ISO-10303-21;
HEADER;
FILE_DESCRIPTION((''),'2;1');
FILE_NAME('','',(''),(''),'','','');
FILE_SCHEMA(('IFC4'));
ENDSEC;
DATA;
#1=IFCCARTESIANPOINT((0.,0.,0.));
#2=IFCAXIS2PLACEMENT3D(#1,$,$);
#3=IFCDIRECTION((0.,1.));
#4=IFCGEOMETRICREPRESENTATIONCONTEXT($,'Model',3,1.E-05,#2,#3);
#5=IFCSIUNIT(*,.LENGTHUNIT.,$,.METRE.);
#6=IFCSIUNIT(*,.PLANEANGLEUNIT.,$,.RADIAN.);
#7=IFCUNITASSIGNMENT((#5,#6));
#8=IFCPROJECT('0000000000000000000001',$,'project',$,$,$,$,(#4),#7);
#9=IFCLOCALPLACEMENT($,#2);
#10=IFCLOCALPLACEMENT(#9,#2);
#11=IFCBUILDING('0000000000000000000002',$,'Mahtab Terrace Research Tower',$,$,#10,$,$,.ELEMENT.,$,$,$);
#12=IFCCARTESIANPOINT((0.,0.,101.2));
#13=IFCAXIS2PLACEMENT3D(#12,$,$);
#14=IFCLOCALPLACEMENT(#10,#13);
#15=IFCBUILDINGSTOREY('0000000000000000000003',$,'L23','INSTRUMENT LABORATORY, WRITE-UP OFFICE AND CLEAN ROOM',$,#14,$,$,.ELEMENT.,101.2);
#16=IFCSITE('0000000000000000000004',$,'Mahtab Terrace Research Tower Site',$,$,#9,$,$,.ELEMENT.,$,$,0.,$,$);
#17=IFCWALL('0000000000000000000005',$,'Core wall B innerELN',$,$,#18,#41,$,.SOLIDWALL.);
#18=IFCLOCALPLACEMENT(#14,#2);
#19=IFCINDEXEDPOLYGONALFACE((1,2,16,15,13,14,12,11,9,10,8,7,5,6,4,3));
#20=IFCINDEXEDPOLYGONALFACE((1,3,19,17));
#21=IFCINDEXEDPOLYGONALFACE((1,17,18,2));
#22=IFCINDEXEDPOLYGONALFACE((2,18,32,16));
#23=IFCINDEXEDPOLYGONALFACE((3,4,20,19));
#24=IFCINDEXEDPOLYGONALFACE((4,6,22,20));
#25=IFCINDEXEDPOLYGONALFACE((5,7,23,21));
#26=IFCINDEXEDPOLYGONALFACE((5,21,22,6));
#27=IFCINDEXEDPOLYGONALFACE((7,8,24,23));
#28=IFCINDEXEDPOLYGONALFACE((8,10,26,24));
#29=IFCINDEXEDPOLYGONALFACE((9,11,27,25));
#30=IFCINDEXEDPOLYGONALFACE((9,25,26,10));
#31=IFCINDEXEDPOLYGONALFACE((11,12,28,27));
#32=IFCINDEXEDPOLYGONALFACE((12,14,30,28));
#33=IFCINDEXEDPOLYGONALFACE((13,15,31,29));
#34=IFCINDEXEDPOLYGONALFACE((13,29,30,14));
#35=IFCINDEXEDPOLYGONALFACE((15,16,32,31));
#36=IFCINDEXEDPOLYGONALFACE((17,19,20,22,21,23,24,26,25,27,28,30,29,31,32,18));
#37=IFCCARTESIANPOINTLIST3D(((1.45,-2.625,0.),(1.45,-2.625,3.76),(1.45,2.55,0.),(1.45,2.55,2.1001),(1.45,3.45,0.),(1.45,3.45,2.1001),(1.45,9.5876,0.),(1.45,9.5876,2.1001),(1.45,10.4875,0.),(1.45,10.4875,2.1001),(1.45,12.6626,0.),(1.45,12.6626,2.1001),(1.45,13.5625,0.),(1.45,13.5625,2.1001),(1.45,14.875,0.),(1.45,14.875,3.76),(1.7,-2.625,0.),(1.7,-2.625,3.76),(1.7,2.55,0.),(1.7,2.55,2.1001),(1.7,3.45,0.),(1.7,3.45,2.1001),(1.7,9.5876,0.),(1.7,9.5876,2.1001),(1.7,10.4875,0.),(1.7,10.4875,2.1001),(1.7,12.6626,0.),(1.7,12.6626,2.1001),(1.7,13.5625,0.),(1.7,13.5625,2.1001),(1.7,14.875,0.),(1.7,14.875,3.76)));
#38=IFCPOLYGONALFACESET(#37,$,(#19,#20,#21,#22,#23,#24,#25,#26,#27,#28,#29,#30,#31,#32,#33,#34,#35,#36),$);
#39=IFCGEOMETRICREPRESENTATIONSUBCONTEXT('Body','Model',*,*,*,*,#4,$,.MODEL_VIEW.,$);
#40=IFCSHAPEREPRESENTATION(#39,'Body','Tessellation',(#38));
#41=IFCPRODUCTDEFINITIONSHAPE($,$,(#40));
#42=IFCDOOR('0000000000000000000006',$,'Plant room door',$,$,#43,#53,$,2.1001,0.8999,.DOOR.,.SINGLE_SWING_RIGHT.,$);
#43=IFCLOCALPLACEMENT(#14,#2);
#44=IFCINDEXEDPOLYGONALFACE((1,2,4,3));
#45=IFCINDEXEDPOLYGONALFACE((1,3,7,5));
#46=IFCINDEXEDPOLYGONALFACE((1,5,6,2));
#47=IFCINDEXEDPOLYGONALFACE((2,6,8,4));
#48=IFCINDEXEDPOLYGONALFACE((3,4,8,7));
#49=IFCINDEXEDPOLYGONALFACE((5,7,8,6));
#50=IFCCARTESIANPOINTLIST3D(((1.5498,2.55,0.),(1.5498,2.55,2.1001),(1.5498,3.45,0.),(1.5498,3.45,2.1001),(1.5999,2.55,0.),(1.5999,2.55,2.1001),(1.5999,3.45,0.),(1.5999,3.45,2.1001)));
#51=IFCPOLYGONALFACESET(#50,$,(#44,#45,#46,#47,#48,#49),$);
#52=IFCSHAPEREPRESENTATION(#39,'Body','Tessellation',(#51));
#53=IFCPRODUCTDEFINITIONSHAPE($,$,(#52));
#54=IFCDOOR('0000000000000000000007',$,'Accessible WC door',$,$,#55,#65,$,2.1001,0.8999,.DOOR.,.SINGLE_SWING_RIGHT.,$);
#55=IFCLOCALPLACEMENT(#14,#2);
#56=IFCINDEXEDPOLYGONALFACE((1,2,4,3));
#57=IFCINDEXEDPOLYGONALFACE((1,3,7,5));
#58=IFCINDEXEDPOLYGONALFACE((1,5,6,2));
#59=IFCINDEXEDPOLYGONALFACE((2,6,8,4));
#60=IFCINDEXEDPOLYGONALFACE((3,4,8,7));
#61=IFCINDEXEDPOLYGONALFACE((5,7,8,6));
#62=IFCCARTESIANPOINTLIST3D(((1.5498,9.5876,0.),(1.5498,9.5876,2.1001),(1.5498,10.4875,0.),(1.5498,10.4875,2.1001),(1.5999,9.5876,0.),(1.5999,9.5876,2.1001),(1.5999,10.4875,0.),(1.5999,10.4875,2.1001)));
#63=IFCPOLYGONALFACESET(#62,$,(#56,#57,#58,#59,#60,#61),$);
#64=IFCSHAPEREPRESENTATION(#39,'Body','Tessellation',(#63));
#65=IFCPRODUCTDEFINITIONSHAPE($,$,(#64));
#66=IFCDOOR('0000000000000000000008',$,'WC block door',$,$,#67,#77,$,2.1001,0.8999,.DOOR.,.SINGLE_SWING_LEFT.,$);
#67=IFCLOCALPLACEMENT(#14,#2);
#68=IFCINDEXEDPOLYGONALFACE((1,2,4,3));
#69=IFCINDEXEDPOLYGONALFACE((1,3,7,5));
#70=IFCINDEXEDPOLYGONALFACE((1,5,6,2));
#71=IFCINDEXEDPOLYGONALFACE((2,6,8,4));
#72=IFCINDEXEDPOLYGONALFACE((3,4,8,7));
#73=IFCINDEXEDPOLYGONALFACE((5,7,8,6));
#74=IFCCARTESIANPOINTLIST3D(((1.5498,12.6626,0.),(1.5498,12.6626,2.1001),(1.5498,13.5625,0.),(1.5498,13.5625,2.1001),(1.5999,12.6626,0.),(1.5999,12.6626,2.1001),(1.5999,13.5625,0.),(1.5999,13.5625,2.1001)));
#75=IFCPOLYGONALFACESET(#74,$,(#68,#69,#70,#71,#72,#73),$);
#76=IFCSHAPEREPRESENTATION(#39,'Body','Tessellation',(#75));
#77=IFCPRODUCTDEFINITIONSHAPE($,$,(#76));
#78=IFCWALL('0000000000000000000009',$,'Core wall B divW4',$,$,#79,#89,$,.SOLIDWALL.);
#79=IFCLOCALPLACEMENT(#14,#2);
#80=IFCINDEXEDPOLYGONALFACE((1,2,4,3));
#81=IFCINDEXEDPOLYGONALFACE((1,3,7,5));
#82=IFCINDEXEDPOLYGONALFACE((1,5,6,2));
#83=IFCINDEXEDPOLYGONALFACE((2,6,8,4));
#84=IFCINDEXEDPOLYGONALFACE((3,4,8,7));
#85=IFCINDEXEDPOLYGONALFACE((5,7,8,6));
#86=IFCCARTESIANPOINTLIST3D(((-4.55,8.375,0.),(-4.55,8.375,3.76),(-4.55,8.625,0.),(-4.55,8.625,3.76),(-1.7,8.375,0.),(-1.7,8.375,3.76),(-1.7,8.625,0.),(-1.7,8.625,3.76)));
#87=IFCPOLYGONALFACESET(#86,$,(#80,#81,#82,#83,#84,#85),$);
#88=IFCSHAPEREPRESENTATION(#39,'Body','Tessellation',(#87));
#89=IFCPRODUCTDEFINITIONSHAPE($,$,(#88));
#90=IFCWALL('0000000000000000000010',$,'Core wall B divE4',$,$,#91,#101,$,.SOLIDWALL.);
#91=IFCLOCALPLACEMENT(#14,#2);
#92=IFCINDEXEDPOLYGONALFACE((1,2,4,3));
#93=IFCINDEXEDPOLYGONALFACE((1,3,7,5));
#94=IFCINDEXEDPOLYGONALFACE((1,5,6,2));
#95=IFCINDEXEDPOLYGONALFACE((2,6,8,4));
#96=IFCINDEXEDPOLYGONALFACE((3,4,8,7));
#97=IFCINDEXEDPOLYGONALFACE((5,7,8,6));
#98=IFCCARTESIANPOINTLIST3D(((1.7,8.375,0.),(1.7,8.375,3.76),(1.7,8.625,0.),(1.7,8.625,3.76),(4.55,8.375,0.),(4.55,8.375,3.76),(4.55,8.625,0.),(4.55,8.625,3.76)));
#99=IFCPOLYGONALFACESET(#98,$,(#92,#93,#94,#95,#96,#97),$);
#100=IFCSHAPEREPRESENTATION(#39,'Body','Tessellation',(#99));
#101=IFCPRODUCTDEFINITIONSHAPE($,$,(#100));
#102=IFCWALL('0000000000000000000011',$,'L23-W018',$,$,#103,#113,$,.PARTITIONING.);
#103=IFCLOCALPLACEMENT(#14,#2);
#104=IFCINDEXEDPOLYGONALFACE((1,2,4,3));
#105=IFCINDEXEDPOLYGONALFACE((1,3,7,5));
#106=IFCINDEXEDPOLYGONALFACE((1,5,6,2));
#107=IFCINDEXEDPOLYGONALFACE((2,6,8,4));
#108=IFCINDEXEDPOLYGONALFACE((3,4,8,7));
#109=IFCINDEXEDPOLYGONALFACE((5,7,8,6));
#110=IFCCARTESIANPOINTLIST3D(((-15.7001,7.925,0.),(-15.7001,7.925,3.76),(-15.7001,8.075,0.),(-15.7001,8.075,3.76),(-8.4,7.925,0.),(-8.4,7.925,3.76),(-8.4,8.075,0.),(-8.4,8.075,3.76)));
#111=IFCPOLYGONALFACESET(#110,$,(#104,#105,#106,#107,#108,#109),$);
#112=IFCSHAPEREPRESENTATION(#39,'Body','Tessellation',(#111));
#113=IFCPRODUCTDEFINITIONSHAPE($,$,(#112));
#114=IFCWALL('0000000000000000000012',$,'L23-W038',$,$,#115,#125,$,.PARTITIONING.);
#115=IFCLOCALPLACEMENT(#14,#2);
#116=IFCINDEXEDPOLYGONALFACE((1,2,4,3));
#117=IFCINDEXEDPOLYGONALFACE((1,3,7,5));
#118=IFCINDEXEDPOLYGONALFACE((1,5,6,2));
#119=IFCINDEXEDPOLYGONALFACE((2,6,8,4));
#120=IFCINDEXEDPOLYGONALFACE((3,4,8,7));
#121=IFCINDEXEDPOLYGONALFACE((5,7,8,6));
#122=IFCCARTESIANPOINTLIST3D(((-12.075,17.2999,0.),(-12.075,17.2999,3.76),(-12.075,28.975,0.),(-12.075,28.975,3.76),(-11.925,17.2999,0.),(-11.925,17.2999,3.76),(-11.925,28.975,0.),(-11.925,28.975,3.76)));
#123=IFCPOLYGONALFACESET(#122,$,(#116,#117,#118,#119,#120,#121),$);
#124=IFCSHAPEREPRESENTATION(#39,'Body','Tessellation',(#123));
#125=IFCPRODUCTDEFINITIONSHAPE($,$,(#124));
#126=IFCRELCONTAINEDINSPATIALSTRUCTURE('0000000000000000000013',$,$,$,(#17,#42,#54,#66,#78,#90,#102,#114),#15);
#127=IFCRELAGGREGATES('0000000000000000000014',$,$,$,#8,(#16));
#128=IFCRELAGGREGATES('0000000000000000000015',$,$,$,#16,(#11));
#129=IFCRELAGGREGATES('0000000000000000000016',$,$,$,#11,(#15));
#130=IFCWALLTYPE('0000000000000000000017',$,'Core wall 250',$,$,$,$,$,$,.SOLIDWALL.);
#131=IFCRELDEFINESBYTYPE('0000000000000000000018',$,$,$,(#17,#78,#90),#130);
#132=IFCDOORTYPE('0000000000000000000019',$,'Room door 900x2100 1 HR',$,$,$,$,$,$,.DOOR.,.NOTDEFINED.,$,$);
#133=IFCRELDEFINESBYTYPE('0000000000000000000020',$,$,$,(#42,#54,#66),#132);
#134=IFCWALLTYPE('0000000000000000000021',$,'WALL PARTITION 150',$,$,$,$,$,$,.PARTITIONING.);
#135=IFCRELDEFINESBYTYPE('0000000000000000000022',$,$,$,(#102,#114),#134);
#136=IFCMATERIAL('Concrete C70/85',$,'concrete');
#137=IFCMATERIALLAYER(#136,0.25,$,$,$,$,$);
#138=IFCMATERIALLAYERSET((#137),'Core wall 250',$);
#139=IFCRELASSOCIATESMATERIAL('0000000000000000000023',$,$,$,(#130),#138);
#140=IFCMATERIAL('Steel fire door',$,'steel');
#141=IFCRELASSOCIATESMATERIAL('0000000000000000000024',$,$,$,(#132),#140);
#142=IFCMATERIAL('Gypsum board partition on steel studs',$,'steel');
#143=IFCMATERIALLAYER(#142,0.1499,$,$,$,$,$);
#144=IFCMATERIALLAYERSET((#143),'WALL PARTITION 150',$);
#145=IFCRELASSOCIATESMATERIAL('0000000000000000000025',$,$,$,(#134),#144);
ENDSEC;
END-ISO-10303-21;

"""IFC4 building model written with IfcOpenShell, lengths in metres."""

from ifc_helpers import new_model, si_unit, direction, frame, frame_2d, origin, place, context, subcontext, project, spatial, rectangle, extrude, material, layer, layer_set, type_object, element, fill, save


model = new_model("IFC4")

# Units and contexts
model_context = context("Model", 3, precision=1e-05, world=origin(), true_north=direction((0.0, 1.0)))
body_context = subcontext(model_context, "Body", "Model", "MODEL_VIEW")
ifc_project = project(units=[si_unit("LENGTHUNIT", "METRE"), si_unit("PLANEANGLEUNIT", "RADIAN")], contexts=[model_context])

# Site, building, storey
site_placement = place(None, origin())
site = spatial("IfcSite", under=ifc_project, at=site_placement, Name="Mahtab Terrace Research Tower Site", CompositionType="ELEMENT", RefElevation=0.0)
building_placement = place(site_placement, origin())
building = spatial("IfcBuilding", under=site, at=building_placement, Name="Mahtab Terrace Research Tower", CompositionType="ELEMENT")
storey_placement = place(building_placement, frame((0.0, 0.0, 101.2)))
storey = spatial("IfcBuildingStorey", under=building, at=storey_placement, Name="L23", Description="INSTRUMENT LABORATORY, WRITE-UP OFFICE AND CLEAN ROOM", CompositionType="ELEMENT", Elevation=101.2)

# Shared definitions
ifc_material_1 = material(Name="Concrete C70/85", Category="concrete")

# Shared definitions
ifc_layer_1 = layer(ifc_material_1, 0.25)
ifc_layer_set_1 = layer_set([ifc_layer_1], Name="Core wall 250")
wall_type_1 = type_object("IfcWallType", Name="Core wall 250", PredefinedType="SOLIDWALL", material=ifc_layer_set_1)

# Shared definitions
ifc_material_2 = material(Name="Steel fire door", Category="steel")

# Wall, openings, doors
wall_1_placement = place(storey_placement, frame((1.575, 14.875, 0.0), z_axis=(0.0, 0.0, 1.0), x_axis=(0.0, -1.0, 0.0)))
wall_1 = element("IfcWall", 1, at=wall_1_placement, inside=storey, type_object=wall_type_1, Name="Core wall B innerELN", PredefinedType="SOLIDWALL", context=body_context, shape_type="SweptSolid", body=[
    extrude(rectangle(XDim=17.5, YDim=0.25, at=frame_2d((8.75, 0.0))), origin(), (0.0, 0.0, 1.0), 3.76),
])
opening_1_placement = place(wall_1_placement, frame((11.425, 0.0, 0.0)))
opening_1 = element("IfcOpeningElement", 2, at=opening_1_placement, cuts=wall_1, PredefinedType="OPENING", context=body_context, shape_type="SweptSolid", body=[
    extrude(rectangle(XDim=0.8999, YDim=2.1001, at=frame_2d((0.45, 1.05))), frame((0.0, 0.135, 0.0), z_axis=(0.0, -1.0, 0.0), x_axis=(1.0, 0.0, 0.0)), (0.0, 0.0, 1.0), 0.27),
])
opening_2_placement = place(wall_1_placement, frame((4.3875, 0.0, 0.0)))
opening_2 = element("IfcOpeningElement", 3, at=opening_2_placement, cuts=wall_1, PredefinedType="OPENING", context=body_context, shape_type="SweptSolid", body=[
    extrude(rectangle(XDim=0.8999, YDim=2.1001, at=frame_2d((0.45, 1.05))), frame((0.0, 0.135, 0.0), z_axis=(0.0, -1.0, 0.0), x_axis=(1.0, 0.0, 0.0)), (0.0, 0.0, 1.0), 0.27),
])
opening_3_placement = place(wall_1_placement, frame((1.3125, 0.0, 0.0)))
opening_3 = element("IfcOpeningElement", 4, at=opening_3_placement, cuts=wall_1, PredefinedType="OPENING", context=body_context, shape_type="SweptSolid", body=[
    extrude(rectangle(XDim=0.8999, YDim=2.1001, at=frame_2d((0.45, 1.05))), frame((0.0, 0.135, 0.0), z_axis=(0.0, -1.0, 0.0), x_axis=(1.0, 0.0, 0.0)), (0.0, 0.0, 1.0), 0.27),
])
door_type_1 = type_object("IfcDoorType", Name="Room door 900x2100 1 HR", OperationType="NOTDEFINED", PredefinedType="DOOR", material=ifc_material_2)
door_1_placement = place(opening_1_placement, origin())
door_1 = element("IfcDoor", 5, at=door_1_placement, inside=storey, type_object=door_type_1, Name="Plant room door", OperationType="SINGLE_SWING_RIGHT", OverallHeight=2.1001, OverallWidth=0.8999, PredefinedType="DOOR", context=body_context, shape_type="SweptSolid", body=[
    extrude(rectangle(XDim=0.8999, YDim=2.1001, at=frame_2d((0.45, 1.05))), frame((0.0, 0.0249, 0.0), z_axis=(0.0, -1.0, 0.0), x_axis=(1.0, 0.0, 0.0)), (0.0, 0.0, 1.0), 0.05),
])
fill(opening_1, door_1)
door_2_placement = place(opening_2_placement, origin())
door_2 = element("IfcDoor", 6, at=door_2_placement, inside=storey, type_object=door_type_1, Name="Accessible WC door", OperationType="SINGLE_SWING_RIGHT", OverallHeight=2.1001, OverallWidth=0.8999, PredefinedType="DOOR", context=body_context, shape_type="SweptSolid", body=[
    extrude(rectangle(XDim=0.8999, YDim=2.1001, at=frame_2d((0.45, 1.05))), frame((0.0, 0.0249, 0.0), z_axis=(0.0, -1.0, 0.0), x_axis=(1.0, 0.0, 0.0)), (0.0, 0.0, 1.0), 0.05),
])
fill(opening_2, door_2)
door_3_placement = place(opening_3_placement, origin())
door_3 = element("IfcDoor", 7, at=door_3_placement, inside=storey, type_object=door_type_1, Name="WC block door", OperationType="SINGLE_SWING_LEFT", OverallHeight=2.1001, OverallWidth=0.8999, PredefinedType="DOOR", context=body_context, shape_type="SweptSolid", body=[
    extrude(rectangle(XDim=0.8999, YDim=2.1001, at=frame_2d((0.45, 1.05))), frame((0.0, 0.0249, 0.0), z_axis=(0.0, -1.0, 0.0), x_axis=(1.0, 0.0, 0.0)), (0.0, 0.0, 1.0), 0.05),
])
fill(opening_3, door_3)

# Walls
for number, where, z_axis, x_axis, name in (
    (8, (-4.55, 8.5, 0.0), (0.0, 0.0, 1.0), (1.0, 0.0, 0.0), "Core wall B divW4"),
    (9, (1.7, 8.5, 0.0), (0.0, 0.0, 1.0), (1.0, 0.0, 0.0), "Core wall B divE4"),
):
    element("IfcWall", number, at=place(storey_placement, frame(where, z_axis=z_axis, x_axis=x_axis)), inside=storey, type_object=wall_type_1, Name=name, PredefinedType="SOLIDWALL", context=body_context, shape_type="SweptSolid", body=[
        extrude(rectangle(XDim=2.8501, YDim=0.25, at=frame_2d((1.425, 0.0))), origin(), (0.0, 0.0, 1.0), 3.76),
    ])
ifc_material_3 = material(Name="Gypsum board partition on steel studs", Category="steel")
ifc_layer_2 = layer(ifc_material_3, 0.1499)
ifc_layer_set_2 = layer_set([ifc_layer_2], Name="WALL PARTITION 150")
wall_type_2 = type_object("IfcWallType", Name="WALL PARTITION 150", PredefinedType="PARTITIONING", material=ifc_layer_set_2)
wall_2_placement = place(storey_placement, frame((-15.7, 8.0, 0.0), z_axis=(0.0, 0.0, 1.0), x_axis=(1.0, 0.0, 0.0)))
element("IfcWall", 10, at=wall_2_placement, inside=storey, type_object=wall_type_2, Name="L23-W018", PredefinedType="PARTITIONING", context=body_context, shape_type="SweptSolid", body=[
    extrude(rectangle(XDim=7.3, YDim=0.1499, at=frame_2d((3.6499, 0.0))), origin(), (0.0, 0.0, 1.0), 3.76),
])
wall_3_placement = place(storey_placement, frame((-12.0, 17.3, 0.0), z_axis=(0.0, 0.0, 1.0), x_axis=(0.0, 1.0, 0.0)))
element("IfcWall", 11, at=wall_3_placement, inside=storey, type_object=wall_type_2, Name="L23-W038", PredefinedType="PARTITIONING", context=body_context, shape_type="SweptSolid", body=[
    extrude(rectangle(XDim=11.675, YDim=0.1499, at=frame_2d((5.8374, 0.0))), origin(), (0.0, 0.0, 1.0), 3.76),
])

save(model, "model.ifc")
